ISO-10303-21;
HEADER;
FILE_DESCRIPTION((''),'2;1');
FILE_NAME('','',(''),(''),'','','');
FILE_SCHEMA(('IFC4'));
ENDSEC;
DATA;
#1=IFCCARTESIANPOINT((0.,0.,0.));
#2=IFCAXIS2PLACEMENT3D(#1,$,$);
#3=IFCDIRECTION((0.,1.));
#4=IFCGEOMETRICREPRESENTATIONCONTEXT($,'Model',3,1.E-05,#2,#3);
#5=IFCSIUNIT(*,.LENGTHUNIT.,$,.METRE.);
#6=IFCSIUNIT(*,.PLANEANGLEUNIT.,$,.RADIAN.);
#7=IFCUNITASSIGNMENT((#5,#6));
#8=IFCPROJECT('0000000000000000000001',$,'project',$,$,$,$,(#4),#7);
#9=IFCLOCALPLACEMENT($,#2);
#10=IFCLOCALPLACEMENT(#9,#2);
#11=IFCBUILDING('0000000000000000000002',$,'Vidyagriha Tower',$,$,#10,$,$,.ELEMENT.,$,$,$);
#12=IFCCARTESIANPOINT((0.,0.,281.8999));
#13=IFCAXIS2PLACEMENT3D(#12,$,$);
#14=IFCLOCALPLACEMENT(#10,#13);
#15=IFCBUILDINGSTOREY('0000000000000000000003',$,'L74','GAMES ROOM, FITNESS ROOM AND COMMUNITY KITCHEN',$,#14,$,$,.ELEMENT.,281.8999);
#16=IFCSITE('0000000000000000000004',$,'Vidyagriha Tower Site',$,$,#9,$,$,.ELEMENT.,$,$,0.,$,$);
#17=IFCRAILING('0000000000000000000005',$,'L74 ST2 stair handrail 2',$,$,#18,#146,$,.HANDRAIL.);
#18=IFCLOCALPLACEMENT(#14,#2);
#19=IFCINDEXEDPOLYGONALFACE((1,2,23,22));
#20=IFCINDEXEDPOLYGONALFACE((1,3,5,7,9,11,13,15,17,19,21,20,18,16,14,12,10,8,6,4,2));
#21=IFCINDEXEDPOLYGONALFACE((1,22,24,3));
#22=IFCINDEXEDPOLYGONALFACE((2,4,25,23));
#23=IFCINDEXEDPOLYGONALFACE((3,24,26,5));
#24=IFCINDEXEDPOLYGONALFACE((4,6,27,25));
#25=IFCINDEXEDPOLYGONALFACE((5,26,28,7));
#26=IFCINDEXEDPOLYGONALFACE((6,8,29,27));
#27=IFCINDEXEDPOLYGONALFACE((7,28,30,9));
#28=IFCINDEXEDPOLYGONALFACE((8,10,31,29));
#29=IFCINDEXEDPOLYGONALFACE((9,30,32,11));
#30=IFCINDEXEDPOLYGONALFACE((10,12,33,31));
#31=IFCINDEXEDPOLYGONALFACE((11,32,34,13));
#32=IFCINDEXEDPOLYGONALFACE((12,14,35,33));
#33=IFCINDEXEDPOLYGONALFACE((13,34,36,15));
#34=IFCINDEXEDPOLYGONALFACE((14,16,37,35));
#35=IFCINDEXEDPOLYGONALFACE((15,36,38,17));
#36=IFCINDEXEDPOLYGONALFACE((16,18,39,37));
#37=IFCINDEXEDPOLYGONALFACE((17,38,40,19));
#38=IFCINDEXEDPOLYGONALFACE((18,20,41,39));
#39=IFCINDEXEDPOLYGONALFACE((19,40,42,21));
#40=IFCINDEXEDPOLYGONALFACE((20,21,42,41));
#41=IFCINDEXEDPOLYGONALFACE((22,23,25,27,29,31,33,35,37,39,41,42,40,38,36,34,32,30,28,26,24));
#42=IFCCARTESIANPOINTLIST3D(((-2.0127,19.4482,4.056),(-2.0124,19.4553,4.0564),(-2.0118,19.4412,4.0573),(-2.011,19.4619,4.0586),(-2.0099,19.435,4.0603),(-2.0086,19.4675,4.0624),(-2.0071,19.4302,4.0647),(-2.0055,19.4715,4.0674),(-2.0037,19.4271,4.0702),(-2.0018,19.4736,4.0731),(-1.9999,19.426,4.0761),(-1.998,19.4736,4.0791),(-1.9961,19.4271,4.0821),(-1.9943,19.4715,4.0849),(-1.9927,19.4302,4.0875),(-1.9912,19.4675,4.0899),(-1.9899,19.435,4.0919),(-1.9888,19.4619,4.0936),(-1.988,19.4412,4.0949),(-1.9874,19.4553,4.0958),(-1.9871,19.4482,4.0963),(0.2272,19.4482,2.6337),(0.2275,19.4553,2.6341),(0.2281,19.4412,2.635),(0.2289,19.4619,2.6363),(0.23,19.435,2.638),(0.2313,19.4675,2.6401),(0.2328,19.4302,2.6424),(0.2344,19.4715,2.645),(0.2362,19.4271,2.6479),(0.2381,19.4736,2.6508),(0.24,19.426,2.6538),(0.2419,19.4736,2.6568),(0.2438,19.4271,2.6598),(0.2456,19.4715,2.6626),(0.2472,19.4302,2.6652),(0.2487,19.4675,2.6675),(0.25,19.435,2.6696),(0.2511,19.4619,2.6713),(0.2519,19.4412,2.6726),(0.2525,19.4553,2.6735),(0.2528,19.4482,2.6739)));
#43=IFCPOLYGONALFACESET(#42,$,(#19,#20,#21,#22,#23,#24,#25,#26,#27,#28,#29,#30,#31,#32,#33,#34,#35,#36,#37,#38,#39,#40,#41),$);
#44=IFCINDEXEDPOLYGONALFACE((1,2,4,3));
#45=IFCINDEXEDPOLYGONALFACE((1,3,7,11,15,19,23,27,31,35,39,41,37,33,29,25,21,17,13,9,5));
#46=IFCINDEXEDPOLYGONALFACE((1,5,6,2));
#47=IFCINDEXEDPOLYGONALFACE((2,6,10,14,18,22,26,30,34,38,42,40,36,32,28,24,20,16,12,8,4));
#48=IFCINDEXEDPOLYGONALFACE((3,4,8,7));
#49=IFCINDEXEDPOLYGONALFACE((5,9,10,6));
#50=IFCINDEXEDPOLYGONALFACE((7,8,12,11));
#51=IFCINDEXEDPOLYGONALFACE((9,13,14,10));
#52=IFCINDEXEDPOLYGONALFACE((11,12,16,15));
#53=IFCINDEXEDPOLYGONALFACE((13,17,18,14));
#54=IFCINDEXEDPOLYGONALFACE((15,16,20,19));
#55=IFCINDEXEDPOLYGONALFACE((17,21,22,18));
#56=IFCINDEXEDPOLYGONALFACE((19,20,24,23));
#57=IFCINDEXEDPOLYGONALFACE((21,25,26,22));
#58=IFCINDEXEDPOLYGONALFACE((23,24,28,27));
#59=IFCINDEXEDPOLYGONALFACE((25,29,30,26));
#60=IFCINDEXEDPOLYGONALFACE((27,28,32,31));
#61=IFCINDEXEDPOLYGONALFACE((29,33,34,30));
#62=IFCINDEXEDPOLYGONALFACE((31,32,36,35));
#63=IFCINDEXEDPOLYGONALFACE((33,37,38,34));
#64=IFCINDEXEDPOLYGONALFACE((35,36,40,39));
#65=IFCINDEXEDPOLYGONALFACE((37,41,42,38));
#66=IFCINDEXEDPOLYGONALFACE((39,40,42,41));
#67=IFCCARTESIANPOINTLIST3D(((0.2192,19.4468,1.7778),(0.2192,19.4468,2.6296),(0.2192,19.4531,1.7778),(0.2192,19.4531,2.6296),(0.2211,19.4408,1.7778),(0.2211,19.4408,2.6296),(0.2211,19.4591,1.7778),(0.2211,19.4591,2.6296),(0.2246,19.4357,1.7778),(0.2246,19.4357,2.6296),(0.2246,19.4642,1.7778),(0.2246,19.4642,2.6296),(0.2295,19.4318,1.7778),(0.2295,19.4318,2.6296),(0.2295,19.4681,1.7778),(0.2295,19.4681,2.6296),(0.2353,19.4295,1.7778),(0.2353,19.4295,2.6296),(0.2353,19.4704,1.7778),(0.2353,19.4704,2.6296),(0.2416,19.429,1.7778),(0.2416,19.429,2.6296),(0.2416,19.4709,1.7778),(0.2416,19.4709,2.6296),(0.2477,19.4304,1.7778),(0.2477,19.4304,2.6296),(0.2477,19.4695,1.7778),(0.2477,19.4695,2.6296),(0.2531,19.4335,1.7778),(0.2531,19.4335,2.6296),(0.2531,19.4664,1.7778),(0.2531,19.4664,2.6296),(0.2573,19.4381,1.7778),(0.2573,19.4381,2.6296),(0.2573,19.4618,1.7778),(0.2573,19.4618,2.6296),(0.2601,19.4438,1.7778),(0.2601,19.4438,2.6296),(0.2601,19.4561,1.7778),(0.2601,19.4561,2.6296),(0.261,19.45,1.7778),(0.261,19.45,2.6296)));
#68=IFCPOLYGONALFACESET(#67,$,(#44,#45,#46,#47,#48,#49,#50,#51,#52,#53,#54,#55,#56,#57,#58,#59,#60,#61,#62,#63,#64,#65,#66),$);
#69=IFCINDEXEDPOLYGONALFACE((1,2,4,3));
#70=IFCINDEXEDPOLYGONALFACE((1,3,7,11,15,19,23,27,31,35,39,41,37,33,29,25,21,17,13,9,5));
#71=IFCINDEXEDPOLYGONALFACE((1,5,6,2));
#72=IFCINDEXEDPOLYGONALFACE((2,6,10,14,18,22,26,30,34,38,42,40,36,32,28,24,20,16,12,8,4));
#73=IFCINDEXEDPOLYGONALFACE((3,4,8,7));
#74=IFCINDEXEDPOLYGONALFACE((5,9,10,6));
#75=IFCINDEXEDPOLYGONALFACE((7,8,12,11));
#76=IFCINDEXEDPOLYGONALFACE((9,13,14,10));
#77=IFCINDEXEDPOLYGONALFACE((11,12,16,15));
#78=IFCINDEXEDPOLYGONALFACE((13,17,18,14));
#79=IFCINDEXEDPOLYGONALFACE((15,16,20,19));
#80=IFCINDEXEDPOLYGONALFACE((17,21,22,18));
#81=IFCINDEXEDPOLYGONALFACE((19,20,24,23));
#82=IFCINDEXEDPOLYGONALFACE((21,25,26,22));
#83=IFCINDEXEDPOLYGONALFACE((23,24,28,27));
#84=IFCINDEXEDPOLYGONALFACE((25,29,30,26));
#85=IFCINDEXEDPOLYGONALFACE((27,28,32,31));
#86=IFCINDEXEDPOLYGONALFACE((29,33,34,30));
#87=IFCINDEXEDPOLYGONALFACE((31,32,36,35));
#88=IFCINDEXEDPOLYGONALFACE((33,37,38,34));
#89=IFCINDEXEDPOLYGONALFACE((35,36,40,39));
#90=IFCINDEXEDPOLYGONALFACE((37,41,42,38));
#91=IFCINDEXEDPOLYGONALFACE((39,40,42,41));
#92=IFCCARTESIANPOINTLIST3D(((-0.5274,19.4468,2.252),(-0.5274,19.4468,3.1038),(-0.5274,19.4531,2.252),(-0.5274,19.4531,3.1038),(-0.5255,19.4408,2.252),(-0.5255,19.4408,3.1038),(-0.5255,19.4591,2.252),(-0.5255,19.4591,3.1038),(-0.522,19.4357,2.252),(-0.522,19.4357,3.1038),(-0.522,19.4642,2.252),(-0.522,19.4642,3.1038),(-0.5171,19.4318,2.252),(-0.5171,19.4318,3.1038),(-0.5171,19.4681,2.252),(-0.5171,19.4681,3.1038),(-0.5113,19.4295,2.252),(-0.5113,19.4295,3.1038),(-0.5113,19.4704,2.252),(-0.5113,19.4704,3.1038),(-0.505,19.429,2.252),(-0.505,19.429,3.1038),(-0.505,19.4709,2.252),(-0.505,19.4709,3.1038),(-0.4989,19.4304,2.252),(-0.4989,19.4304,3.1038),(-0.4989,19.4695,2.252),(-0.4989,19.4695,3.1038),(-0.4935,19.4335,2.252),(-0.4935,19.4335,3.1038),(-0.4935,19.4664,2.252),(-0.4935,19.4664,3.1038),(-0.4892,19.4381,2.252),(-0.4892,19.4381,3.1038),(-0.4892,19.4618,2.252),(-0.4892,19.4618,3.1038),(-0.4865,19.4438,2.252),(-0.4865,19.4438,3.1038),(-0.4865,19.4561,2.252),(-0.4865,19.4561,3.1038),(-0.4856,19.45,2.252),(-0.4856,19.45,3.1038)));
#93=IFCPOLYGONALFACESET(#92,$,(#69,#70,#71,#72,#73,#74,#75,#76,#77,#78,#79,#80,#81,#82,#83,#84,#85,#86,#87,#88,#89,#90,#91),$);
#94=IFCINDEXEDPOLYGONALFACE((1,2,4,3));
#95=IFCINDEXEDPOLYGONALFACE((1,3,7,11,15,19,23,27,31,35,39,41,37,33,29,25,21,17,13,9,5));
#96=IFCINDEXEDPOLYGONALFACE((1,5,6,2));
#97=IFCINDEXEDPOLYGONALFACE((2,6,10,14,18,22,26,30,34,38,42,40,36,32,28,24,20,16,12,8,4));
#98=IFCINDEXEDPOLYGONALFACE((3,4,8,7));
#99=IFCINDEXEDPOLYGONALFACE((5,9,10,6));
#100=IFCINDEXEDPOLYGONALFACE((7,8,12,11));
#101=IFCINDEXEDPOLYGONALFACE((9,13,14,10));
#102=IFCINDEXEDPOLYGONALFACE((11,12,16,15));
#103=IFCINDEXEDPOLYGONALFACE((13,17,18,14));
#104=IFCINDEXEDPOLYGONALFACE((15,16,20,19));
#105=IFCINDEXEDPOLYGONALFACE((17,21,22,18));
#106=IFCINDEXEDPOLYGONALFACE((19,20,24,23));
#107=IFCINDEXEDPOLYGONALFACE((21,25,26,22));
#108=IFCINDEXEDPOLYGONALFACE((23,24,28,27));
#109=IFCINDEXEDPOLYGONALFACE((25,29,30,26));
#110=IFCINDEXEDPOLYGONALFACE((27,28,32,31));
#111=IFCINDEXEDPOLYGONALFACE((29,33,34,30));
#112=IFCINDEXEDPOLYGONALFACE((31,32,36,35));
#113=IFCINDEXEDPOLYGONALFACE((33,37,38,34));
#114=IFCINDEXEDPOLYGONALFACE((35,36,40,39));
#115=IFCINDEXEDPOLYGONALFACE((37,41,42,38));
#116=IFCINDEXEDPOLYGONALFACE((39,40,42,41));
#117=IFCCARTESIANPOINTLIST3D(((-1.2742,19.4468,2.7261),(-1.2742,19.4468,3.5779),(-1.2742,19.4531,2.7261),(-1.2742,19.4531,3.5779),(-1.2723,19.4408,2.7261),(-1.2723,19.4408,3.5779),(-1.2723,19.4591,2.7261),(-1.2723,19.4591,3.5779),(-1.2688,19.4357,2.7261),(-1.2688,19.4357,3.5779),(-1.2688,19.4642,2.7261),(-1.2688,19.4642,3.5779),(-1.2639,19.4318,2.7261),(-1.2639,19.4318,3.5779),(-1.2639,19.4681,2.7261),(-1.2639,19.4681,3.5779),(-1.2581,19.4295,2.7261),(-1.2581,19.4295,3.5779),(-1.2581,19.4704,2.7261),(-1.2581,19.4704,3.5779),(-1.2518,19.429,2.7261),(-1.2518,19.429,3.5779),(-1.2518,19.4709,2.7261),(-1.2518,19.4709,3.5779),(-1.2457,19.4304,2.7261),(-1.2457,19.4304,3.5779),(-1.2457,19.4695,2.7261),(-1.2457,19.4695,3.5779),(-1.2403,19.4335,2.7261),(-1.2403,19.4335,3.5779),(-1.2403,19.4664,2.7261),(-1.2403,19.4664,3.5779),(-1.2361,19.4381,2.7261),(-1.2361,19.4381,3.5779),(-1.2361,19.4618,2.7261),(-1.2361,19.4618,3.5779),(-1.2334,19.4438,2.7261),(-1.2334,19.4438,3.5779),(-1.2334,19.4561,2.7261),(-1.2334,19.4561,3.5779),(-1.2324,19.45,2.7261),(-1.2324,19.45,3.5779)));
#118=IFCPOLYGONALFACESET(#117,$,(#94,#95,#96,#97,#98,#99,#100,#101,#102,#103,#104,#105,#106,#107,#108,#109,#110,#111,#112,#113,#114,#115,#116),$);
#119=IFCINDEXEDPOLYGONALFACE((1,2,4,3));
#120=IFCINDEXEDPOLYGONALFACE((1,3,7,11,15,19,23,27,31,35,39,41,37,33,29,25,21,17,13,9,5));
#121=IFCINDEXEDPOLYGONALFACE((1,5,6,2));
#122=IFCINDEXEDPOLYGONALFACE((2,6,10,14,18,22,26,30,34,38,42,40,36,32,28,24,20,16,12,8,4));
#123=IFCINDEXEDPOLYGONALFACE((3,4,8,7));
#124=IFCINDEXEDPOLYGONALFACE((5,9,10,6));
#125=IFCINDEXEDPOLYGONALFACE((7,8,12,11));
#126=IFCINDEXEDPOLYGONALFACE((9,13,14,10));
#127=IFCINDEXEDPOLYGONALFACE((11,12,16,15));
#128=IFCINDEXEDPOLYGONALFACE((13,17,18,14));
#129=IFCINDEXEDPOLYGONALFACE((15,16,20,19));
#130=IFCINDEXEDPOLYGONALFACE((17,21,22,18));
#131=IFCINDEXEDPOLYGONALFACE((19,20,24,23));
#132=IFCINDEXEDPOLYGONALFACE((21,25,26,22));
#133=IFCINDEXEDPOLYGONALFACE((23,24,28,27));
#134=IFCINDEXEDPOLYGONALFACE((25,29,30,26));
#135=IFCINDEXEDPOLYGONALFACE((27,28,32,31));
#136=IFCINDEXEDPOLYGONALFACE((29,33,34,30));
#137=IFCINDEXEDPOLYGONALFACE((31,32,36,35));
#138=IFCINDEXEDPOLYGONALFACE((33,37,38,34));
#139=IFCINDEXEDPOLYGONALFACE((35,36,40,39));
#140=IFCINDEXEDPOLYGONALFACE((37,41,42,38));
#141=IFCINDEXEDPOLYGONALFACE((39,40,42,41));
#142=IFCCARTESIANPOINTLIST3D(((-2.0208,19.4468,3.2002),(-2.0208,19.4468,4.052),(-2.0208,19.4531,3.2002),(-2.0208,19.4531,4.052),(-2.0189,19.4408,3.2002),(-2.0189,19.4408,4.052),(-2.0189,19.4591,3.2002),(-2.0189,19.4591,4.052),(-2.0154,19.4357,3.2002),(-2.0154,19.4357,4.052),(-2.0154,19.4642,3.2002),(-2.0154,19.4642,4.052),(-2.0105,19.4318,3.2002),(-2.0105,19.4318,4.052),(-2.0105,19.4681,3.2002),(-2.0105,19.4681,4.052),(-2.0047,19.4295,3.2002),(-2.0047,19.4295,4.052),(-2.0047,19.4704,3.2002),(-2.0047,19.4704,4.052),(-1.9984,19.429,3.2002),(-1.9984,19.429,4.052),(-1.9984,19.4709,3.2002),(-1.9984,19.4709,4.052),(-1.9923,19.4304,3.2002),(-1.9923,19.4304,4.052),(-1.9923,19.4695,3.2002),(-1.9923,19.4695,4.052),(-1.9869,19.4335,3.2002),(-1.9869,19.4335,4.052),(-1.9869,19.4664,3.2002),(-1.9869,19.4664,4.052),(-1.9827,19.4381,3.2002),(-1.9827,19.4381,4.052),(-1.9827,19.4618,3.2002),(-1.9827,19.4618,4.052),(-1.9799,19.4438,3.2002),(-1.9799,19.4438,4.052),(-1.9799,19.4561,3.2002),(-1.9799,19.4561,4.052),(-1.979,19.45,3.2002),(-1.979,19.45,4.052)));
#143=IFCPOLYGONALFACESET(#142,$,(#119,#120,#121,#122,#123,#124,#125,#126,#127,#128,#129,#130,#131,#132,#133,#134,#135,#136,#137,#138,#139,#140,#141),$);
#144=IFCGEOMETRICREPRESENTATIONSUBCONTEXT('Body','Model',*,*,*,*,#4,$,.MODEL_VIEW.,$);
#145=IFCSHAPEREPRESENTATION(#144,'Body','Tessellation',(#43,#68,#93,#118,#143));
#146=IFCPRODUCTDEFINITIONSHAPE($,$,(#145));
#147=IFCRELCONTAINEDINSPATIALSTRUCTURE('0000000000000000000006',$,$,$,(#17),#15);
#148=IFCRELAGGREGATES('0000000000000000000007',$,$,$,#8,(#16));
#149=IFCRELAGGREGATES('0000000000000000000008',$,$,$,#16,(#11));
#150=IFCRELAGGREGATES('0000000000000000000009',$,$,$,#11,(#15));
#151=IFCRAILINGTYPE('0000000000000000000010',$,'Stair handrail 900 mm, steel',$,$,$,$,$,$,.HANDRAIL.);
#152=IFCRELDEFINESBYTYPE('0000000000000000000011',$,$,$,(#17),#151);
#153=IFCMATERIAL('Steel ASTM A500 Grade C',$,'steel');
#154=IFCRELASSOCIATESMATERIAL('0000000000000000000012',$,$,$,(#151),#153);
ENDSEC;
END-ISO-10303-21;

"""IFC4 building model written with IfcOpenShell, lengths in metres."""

from ifc_helpers import new_model, si_unit, direction, frame, origin, origin_2d, place, context, subcontext, project, spatial, circle, extrude, material, type_object, element, save


model = new_model("IFC4")

# Units and contexts
model_context = context("Model", 3, precision=1e-05, world=origin(), true_north=direction((0.0, 1.0)))
body_context = subcontext(model_context, "Body", "Model", "MODEL_VIEW")
ifc_project = project(units=[si_unit("LENGTHUNIT", "METRE"), si_unit("PLANEANGLEUNIT", "RADIAN")], contexts=[model_context])

# Site, building, storey
site_placement = place(None, origin())
site = spatial("IfcSite", under=ifc_project, at=site_placement, Name="Vidyagriha Tower Site", CompositionType="ELEMENT", RefElevation=0.0)
building_placement = place(site_placement, origin())
building = spatial("IfcBuilding", under=site, at=building_placement, Name="Vidyagriha Tower", CompositionType="ELEMENT")
storey_placement = place(building_placement, frame((0.0, 0.0, 281.8999)))
storey = spatial("IfcBuildingStorey", under=building, at=storey_placement, Name="L74", Description="GAMES ROOM, FITNESS ROOM AND COMMUNITY KITCHEN", CompositionType="ELEMENT", Elevation=281.8999)

# Railing
ifc_material_1 = material(Name="Steel ASTM A500 Grade C", Category="steel")
railing_type_1 = type_object("IfcRailingType", Name="Stair handrail 900 mm, steel", PredefinedType="HANDRAIL", material=ifc_material_1)
for number, where, name in (
    (1, (0.24, 19.45, 1.7778), "L74 ST2 stair handrail 2"),
):
    element("IfcRailing", number, at=place(storey_placement, frame(where)), inside=storey, type_object=railing_type_1, Name=name, PredefinedType="HANDRAIL", context=body_context, shape_type="SweptSolid", body=[
        extrude(circle(Radius=0.0239, at=origin_2d()), frame((0.0, 0.0, 0.876), z_axis=(-0.844188, 0.0, 0.536048), x_axis=(0.0, -1.0, 0.0)), (0.0, 0.0, 1.0), 2.6533),
        extrude(circle(Radius=0.021, at=origin_2d()), origin(), (0.0, 0.0, 1.0), 0.8518),
        extrude(circle(Radius=0.021, at=origin_2d()), frame((-0.7466, 0.0, 0.4741)), (0.0, 0.0, 1.0), 0.8518),
        extrude(circle(Radius=0.021, at=origin_2d()), frame((-1.4934, 0.0, 0.9482)), (0.0, 0.0, 1.0), 0.8518),
        extrude(circle(Radius=0.021, at=origin_2d()), frame((-2.24, 0.0, 1.4224)), (0.0, 0.0, 1.0), 0.8518),
    ])

save(model, "model.ifc")
